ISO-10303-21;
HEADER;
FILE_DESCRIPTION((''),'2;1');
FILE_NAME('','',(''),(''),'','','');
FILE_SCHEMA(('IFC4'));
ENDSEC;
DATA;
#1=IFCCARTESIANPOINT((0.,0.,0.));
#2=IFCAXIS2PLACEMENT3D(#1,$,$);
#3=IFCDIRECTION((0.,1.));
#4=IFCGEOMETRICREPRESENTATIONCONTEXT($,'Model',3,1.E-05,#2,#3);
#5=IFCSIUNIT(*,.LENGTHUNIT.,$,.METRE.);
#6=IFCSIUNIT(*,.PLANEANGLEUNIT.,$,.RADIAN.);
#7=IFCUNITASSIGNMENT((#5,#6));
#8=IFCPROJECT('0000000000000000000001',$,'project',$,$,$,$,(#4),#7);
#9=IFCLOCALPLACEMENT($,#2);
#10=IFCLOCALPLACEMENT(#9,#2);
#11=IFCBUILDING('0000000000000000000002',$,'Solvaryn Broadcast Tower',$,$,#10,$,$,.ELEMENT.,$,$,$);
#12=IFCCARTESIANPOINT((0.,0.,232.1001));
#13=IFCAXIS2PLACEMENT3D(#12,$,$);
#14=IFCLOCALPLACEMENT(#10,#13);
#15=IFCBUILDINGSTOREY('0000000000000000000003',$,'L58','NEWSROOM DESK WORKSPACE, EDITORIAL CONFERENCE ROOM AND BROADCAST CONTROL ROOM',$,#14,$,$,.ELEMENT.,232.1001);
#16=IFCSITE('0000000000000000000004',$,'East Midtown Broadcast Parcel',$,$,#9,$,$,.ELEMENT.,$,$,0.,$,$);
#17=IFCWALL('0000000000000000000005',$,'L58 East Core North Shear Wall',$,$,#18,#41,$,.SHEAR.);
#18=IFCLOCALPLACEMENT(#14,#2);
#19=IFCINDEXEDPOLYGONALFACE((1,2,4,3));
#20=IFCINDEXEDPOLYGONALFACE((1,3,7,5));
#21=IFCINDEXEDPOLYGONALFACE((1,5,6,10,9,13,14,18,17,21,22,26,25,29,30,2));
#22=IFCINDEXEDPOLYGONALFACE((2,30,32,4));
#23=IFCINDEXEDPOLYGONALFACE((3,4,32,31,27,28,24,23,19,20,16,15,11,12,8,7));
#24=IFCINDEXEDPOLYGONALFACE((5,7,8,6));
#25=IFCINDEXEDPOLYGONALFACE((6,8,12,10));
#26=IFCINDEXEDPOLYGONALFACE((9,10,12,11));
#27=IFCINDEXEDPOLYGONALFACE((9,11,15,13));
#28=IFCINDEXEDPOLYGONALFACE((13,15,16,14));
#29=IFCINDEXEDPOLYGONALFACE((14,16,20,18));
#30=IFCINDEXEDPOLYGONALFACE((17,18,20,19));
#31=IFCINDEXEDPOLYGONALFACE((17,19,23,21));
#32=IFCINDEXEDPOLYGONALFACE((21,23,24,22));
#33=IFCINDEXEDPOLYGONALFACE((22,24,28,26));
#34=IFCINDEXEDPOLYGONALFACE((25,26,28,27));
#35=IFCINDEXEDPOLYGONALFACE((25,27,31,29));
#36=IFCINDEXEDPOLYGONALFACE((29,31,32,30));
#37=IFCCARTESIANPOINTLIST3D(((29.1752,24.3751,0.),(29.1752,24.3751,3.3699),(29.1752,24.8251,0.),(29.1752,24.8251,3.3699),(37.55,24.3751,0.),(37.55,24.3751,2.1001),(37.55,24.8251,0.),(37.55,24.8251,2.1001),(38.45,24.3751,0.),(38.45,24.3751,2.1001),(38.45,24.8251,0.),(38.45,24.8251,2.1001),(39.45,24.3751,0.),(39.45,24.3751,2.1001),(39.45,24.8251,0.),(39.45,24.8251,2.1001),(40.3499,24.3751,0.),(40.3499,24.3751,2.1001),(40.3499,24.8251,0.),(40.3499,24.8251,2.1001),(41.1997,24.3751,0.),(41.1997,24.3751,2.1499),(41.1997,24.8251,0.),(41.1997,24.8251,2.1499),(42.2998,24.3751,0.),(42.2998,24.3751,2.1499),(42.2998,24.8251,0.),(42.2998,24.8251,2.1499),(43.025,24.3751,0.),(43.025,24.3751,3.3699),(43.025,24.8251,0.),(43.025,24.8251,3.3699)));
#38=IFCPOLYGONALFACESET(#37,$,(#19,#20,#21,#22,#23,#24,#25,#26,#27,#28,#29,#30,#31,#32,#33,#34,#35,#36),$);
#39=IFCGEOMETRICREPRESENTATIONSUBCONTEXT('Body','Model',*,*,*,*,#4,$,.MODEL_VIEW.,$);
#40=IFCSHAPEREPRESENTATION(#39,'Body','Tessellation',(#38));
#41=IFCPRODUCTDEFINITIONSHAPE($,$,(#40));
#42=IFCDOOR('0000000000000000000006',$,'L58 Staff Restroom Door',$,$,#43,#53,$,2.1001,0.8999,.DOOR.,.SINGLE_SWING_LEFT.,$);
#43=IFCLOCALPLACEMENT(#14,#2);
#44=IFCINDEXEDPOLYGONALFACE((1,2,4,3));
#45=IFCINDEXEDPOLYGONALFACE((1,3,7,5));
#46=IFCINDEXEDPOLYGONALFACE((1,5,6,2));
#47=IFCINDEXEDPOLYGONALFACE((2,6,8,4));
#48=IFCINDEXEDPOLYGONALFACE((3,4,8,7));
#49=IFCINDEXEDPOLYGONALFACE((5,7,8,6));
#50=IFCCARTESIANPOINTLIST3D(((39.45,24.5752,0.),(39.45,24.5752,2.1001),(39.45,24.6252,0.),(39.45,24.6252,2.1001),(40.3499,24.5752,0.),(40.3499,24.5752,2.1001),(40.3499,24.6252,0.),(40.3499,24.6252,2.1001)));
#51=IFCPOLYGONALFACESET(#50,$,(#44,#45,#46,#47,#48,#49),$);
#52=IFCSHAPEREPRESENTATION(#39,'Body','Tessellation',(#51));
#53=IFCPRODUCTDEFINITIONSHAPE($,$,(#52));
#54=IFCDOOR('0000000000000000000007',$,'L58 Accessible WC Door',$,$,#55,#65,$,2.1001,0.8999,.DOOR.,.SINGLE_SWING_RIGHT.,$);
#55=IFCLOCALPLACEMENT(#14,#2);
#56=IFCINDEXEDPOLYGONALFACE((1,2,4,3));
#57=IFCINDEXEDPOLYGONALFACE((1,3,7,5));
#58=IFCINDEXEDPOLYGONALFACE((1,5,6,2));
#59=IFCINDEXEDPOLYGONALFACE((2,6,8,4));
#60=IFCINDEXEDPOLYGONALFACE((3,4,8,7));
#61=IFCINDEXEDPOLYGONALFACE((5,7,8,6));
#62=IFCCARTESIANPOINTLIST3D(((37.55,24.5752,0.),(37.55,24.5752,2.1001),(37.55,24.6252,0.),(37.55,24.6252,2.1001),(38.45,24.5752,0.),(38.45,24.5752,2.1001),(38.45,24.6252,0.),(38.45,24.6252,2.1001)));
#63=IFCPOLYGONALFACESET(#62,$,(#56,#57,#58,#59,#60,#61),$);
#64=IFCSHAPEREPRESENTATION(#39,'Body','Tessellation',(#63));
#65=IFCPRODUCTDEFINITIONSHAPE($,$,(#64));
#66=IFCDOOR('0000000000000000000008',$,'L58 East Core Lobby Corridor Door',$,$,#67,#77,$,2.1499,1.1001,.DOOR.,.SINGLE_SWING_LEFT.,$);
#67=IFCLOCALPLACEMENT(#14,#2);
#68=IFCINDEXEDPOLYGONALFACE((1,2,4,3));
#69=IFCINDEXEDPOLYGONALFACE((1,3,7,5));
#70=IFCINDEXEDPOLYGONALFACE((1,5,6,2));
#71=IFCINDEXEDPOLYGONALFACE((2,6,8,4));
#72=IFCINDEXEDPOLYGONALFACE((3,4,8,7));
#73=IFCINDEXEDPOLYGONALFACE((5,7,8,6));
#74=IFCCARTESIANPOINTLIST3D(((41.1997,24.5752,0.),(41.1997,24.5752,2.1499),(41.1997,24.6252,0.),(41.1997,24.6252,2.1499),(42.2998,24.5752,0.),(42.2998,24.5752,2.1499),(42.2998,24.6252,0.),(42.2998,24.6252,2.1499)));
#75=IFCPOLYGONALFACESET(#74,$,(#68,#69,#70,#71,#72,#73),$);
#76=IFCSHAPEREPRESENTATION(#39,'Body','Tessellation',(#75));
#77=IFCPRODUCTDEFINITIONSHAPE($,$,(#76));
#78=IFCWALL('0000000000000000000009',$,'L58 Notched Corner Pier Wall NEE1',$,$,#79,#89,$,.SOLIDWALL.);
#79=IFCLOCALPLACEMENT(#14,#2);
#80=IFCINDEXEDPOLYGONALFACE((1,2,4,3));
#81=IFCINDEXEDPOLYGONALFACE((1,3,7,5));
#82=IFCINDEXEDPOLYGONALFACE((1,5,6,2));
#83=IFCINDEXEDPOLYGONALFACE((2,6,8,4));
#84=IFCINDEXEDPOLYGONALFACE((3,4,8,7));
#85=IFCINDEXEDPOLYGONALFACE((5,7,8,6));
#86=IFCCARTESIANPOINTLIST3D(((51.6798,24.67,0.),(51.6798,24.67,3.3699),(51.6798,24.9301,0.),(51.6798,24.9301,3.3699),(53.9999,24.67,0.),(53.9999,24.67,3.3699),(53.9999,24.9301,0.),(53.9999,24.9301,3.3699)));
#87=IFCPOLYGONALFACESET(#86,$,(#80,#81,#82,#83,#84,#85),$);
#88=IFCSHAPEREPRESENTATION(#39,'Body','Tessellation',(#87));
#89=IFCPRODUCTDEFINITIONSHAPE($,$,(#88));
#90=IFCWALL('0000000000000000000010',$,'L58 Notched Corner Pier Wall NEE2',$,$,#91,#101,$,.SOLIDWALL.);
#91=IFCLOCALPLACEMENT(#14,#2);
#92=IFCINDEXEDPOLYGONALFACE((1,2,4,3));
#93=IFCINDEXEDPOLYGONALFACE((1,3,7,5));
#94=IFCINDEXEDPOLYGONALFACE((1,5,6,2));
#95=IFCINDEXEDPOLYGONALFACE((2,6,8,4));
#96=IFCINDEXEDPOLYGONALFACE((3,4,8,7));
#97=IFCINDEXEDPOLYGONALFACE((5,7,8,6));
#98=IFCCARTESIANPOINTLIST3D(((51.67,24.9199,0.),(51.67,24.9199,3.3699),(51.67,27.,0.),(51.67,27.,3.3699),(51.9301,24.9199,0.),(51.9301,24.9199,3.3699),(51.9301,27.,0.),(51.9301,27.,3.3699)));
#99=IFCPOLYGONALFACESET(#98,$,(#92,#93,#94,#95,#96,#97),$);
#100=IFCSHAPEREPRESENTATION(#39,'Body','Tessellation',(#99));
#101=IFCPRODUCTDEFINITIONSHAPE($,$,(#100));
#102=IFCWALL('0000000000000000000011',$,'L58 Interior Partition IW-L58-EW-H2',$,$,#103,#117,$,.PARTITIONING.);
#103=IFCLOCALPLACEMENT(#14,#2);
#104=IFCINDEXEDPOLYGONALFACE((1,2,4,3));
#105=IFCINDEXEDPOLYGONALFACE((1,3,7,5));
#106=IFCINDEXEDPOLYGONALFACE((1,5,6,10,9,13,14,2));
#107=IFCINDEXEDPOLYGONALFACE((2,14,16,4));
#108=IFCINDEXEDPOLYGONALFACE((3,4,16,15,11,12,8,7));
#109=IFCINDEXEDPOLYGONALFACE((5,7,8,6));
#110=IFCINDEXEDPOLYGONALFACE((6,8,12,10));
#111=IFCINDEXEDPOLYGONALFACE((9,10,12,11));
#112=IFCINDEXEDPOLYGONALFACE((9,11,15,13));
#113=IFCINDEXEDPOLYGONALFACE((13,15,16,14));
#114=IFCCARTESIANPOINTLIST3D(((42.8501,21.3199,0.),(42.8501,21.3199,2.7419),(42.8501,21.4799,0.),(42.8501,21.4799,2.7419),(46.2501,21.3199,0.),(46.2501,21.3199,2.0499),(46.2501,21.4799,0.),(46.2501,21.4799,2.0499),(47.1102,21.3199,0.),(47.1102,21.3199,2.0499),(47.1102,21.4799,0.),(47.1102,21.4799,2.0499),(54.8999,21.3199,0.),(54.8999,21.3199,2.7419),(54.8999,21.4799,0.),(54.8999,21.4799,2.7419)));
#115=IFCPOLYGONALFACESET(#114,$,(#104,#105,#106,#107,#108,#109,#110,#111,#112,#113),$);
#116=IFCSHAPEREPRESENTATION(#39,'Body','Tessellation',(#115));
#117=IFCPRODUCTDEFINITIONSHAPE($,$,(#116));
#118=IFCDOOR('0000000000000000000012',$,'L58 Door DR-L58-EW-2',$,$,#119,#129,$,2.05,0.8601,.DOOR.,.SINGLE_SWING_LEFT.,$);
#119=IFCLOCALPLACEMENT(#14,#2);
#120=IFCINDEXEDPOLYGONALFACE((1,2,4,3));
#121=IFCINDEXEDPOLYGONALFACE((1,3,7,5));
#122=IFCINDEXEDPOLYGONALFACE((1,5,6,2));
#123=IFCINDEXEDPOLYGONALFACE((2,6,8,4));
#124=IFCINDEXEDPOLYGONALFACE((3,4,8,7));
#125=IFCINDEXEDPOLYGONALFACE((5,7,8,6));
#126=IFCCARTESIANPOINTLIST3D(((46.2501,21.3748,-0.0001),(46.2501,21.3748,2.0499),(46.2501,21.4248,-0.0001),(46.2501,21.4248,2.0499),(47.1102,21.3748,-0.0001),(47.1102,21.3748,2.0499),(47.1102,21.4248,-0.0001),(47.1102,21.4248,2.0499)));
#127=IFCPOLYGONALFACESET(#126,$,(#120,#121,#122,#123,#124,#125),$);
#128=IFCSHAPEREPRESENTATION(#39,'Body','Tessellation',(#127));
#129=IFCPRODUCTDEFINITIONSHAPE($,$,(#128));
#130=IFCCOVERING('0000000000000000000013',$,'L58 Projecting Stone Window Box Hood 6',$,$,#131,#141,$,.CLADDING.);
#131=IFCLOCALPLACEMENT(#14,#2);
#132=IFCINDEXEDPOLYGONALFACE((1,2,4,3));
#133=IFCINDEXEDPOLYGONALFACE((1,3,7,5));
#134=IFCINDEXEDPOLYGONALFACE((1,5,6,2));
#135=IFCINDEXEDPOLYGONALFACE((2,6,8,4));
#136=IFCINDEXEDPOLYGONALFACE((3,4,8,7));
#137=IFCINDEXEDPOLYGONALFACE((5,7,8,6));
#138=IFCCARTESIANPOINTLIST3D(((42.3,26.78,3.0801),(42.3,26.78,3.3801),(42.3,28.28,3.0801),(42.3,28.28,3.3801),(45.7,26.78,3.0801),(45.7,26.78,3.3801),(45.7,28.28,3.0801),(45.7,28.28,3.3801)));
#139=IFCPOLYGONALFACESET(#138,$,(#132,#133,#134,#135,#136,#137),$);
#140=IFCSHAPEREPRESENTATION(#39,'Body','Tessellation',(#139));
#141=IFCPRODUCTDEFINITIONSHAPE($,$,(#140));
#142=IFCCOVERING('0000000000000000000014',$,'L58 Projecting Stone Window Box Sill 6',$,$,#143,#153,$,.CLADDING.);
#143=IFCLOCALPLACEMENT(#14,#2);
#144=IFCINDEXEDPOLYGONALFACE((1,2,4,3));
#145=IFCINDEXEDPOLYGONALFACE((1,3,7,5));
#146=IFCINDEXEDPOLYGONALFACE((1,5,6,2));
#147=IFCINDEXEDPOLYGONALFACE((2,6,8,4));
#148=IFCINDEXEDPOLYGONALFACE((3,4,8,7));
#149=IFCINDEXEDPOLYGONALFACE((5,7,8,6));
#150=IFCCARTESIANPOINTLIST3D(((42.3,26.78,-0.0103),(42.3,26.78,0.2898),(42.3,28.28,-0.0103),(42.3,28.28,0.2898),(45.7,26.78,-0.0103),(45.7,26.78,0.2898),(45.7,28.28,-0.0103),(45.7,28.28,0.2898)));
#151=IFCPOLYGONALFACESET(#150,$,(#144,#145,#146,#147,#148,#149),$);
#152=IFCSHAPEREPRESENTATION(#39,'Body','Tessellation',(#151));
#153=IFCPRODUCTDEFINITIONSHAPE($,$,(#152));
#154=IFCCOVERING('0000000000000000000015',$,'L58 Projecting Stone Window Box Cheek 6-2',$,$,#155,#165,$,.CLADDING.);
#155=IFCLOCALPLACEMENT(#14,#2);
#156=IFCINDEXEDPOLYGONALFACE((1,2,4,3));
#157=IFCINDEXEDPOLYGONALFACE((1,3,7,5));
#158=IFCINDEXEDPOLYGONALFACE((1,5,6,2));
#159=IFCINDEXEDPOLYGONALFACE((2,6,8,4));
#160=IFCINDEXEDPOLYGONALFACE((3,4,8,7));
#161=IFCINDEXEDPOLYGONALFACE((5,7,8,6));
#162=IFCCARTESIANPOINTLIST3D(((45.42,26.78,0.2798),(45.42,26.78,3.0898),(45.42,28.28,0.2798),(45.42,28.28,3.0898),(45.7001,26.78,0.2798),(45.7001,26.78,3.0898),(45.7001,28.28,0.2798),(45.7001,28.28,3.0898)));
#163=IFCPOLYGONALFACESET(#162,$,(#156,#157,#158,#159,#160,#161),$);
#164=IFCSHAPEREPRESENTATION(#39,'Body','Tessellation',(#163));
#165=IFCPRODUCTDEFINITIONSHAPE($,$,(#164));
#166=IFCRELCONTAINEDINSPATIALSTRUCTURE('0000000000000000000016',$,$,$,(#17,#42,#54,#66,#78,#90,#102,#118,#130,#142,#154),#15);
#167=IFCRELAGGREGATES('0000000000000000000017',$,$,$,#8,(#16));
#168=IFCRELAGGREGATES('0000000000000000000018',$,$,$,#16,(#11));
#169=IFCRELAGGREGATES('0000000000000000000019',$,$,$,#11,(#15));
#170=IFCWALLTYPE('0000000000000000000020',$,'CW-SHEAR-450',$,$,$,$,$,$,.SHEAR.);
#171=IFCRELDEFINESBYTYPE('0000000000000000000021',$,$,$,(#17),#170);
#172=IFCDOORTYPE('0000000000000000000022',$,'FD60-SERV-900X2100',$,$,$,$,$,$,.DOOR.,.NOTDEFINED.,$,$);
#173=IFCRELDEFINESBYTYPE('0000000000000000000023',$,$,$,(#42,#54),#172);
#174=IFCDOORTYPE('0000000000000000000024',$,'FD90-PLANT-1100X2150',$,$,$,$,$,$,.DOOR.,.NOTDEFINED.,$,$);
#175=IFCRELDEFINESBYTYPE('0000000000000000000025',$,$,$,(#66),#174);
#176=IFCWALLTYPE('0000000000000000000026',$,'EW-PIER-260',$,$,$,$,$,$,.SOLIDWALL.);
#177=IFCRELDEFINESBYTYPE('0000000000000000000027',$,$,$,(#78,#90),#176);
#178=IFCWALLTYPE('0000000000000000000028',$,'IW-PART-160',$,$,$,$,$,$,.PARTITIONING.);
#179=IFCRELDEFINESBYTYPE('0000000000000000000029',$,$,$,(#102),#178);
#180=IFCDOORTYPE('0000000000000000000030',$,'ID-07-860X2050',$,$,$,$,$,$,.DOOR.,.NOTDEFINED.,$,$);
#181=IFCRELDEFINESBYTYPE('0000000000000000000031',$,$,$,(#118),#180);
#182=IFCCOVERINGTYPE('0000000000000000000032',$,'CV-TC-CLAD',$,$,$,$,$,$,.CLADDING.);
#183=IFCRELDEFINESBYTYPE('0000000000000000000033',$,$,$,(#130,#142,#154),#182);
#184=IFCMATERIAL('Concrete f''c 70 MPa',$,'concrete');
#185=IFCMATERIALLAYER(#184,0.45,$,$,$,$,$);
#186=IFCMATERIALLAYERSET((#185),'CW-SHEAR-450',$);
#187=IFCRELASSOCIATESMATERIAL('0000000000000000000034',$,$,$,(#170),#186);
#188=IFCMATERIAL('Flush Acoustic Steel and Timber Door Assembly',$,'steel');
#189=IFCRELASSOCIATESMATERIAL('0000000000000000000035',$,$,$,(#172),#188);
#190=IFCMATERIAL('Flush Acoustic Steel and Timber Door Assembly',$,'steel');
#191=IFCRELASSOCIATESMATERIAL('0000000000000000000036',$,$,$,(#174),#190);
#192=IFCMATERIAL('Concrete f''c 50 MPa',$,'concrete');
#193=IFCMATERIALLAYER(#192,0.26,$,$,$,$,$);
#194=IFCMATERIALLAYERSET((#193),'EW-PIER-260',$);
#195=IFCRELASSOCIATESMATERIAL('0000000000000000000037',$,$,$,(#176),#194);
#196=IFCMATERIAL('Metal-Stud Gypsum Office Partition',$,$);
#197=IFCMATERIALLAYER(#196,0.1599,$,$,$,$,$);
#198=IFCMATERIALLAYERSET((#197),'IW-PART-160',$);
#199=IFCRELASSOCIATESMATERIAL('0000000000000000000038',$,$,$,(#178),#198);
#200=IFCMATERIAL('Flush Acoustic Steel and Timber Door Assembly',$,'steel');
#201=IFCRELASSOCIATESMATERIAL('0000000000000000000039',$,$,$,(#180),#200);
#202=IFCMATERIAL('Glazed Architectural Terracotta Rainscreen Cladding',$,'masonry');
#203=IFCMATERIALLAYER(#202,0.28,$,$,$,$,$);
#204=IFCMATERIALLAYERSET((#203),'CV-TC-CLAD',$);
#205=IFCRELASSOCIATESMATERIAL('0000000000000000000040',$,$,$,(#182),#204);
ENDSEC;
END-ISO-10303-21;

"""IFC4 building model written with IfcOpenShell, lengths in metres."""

from ifc_helpers import new_model, si_unit, direction, frame, frame_2d, origin, origin_2d, place, context, subcontext, project, spatial, rectangle, extrude, material, layer, layer_set, type_object, element, fill, save


model = new_model("IFC4")

# Units and contexts
model_context = context("Model", 3, precision=1e-05, world=origin(), true_north=direction((0.0, 1.0)))
body_context = subcontext(model_context, "Body", "Model", "MODEL_VIEW")
ifc_project = project(units=[si_unit("LENGTHUNIT", "METRE"), si_unit("PLANEANGLEUNIT", "RADIAN")], contexts=[model_context])

# Site, building, storey
site_placement = place(None, origin())
site = spatial("IfcSite", under=ifc_project, at=site_placement, Name="East Midtown Broadcast Parcel", CompositionType="ELEMENT", RefElevation=0.0)
building_placement = place(site_placement, origin())
building = spatial("IfcBuilding", under=site, at=building_placement, Name="Solvaryn Broadcast Tower", CompositionType="ELEMENT")
storey_placement = place(building_placement, frame((0.0, 0.0, 232.1001)))
storey = spatial("IfcBuildingStorey", under=building, at=storey_placement, Name="L58", Description="NEWSROOM DESK WORKSPACE, EDITORIAL CONFERENCE ROOM AND BROADCAST CONTROL ROOM", CompositionType="ELEMENT", Elevation=232.1001)

# Wall, openings, doors
ifc_material_1 = material(Name="Concrete f'c 70 MPa", Category="concrete")
ifc_layer_1 = layer(ifc_material_1, 0.45)
ifc_layer_set_1 = layer_set([ifc_layer_1], Name="CW-SHEAR-450")
wall_type_1 = type_object("IfcWallType", Name="CW-SHEAR-450", PredefinedType="SHEAR", material=ifc_layer_set_1)
wall_1_placement = place(storey_placement, frame((43.0249, 24.6001, 0.0), z_axis=(0.0, 0.0, 1.0), x_axis=(-1.0, 0.0, 0.0)))
wall_1 = element("IfcWall", 1, at=wall_1_placement, inside=storey, type_object=wall_type_1, Name="L58 East Core North Shear Wall", PredefinedType="SHEAR", context=body_context, shape_type="SweptSolid", body=[
    extrude(rectangle(XDim=13.8499, YDim=0.45, at=frame_2d((6.9248, 0.0))), origin(), (0.0, 0.0, 1.0), 3.3699),
])
opening_1_placement = place(wall_1_placement, frame((0.7251, 0.0, 0.0)))
opening_1 = element("IfcOpeningElement", 2, at=opening_1_placement, cuts=wall_1, PredefinedType="OPENING", context=body_context, shape_type="SweptSolid", body=[
    extrude(rectangle(XDim=1.1001, YDim=2.1499, at=frame_2d((0.55, 1.075))), frame((0.0, 0.2351, 0.0), z_axis=(0.0, -1.0, 0.0), x_axis=(1.0, 0.0, 0.0)), (0.0, 0.0, 1.0), 0.47),
])
opening_2_placement = place(wall_1_placement, frame((2.675, 0.0, 0.0)))
opening_2 = element("IfcOpeningElement", 3, at=opening_2_placement, cuts=wall_1, PredefinedType="OPENING", context=body_context, shape_type="SweptSolid", body=[
    extrude(rectangle(XDim=0.8999, YDim=2.1001, at=frame_2d((0.45, 1.05))), frame((0.0, 0.2351, 0.0), z_axis=(0.0, -1.0, 0.0), x_axis=(1.0, 0.0, 0.0)), (0.0, 0.0, 1.0), 0.47),
])
opening_3_placement = place(wall_1_placement, frame((4.575, 0.0, 0.0)))
opening_3 = element("IfcOpeningElement", 4, at=opening_3_placement, cuts=wall_1, PredefinedType="OPENING", context=body_context, shape_type="SweptSolid", body=[
    extrude(rectangle(XDim=0.8999, YDim=2.1001, at=frame_2d((0.45, 1.05))), frame((0.0, 0.2351, 0.0), z_axis=(0.0, -1.0, 0.0), x_axis=(1.0, 0.0, 0.0)), (0.0, 0.0, 1.0), 0.47),
])
ifc_material_2 = material(Name="Flush Acoustic Steel and Timber Door Assembly", Category="steel")
door_type_1 = type_object("IfcDoorType", Name="FD60-SERV-900X2100", OperationType="NOTDEFINED", PredefinedType="DOOR", material=ifc_material_2)
door_1_placement = place(opening_2_placement, origin())
door_1 = element("IfcDoor", 5, at=door_1_placement, inside=storey, type_object=door_type_1, Name="L58 Staff Restroom Door", OperationType="SINGLE_SWING_LEFT", OverallHeight=2.1001, OverallWidth=0.8999, PredefinedType="DOOR", context=body_context, shape_type="SweptSolid", body=[
    extrude(rectangle(XDim=0.8999, YDim=2.1001, at=frame_2d((0.45, 1.05))), frame((0.0, 0.0249, 0.0), z_axis=(0.0, -1.0, 0.0), x_axis=(1.0, 0.0, 0.0)), (0.0, 0.0, 1.0), 0.05),
])
fill(opening_2, door_1)
door_2_placement = place(opening_3_placement, origin())
door_2 = element("IfcDoor", 6, at=door_2_placement, inside=storey, type_object=door_type_1, Name="L58 Accessible WC Door", OperationType="SINGLE_SWING_RIGHT", OverallHeight=2.1001, OverallWidth=0.8999, PredefinedType="DOOR", context=body_context, shape_type="SweptSolid", body=[
    extrude(rectangle(XDim=0.8999, YDim=2.1001, at=frame_2d((0.45, 1.05))), frame((0.0, 0.0249, 0.0), z_axis=(0.0, -1.0, 0.0), x_axis=(1.0, 0.0, 0.0)), (0.0, 0.0, 1.0), 0.05),
])
fill(opening_3, door_2)
ifc_material_3 = material(Name="Flush Acoustic Steel and Timber Door Assembly", Category="steel")
door_type_2 = type_object("IfcDoorType", Name="FD90-PLANT-1100X2150", OperationType="NOTDEFINED", PredefinedType="DOOR", material=ifc_material_3)
door_3_placement = place(opening_1_placement, origin())
door_3 = element("IfcDoor", 7, at=door_3_placement, inside=storey, type_object=door_type_2, Name="L58 East Core Lobby Corridor Door", OperationType="SINGLE_SWING_LEFT", OverallHeight=2.1499, OverallWidth=1.1001, PredefinedType="DOOR", context=body_context, shape_type="SweptSolid", body=[
    extrude(rectangle(XDim=1.1001, YDim=2.1499, at=frame_2d((0.55, 1.075))), frame((0.0, 0.0249, 0.0), z_axis=(0.0, -1.0, 0.0), x_axis=(1.0, 0.0, 0.0)), (0.0, 0.0, 1.0), 0.05),
])
fill(opening_1, door_3)

# Walls
ifc_material_4 = material(Name="Concrete f'c 50 MPa", Category="concrete")
ifc_layer_2 = layer(ifc_material_4, 0.26)
ifc_layer_set_2 = layer_set([ifc_layer_2], Name="EW-PIER-260")
wall_type_2 = type_object("IfcWallType", Name="EW-PIER-260", PredefinedType="SOLIDWALL", material=ifc_layer_set_2)
wall_2_placement = place(storey_placement, frame((54.0, 24.8, 0.0), z_axis=(0.0, 0.0, 1.0), x_axis=(-1.0, 0.0, 0.0)))
element("IfcWall", 8, at=wall_2_placement, inside=storey, type_object=wall_type_2, Name="L58 Notched Corner Pier Wall NEE1", PredefinedType="SOLIDWALL", context=body_context, shape_type="SweptSolid", body=[
    extrude(rectangle(XDim=2.3201, YDim=0.26, at=frame_2d((1.1602, 0.0))), origin(), (0.0, 0.0, 1.0), 3.3699),
])
wall_3_placement = place(storey_placement, frame((51.8, 24.9199, 0.0), z_axis=(0.0, 0.0, 1.0), x_axis=(0.0, 1.0, 0.0)))
element("IfcWall", 9, at=wall_3_placement, inside=storey, type_object=wall_type_2, Name="L58 Notched Corner Pier Wall NEE2", PredefinedType="SOLIDWALL", context=body_context, shape_type="SweptSolid", body=[
    extrude(rectangle(XDim=2.0801, YDim=0.26, at=frame_2d((1.04, 0.0))), origin(), (0.0, 0.0, 1.0), 3.3699),
])

# Wall, opening, door
ifc_material_5 = material(Name="Metal-Stud Gypsum Office Partition")
ifc_layer_3 = layer(ifc_material_5, 0.1599)
ifc_layer_set_3 = layer_set([ifc_layer_3], Name="IW-PART-160")
wall_type_3 = type_object("IfcWallType", Name="IW-PART-160", PredefinedType="PARTITIONING", material=ifc_layer_set_3)
wall_4_placement = place(storey_placement, frame((42.8501, 21.3999, 0.0), z_axis=(0.0, 0.0, 1.0), x_axis=(1.0, 0.0, 0.0)))
wall_4 = element("IfcWall", 10, at=wall_4_placement, inside=storey, type_object=wall_type_3, Name="L58 Interior Partition IW-L58-EW-H2", PredefinedType="PARTITIONING", context=body_context, shape_type="SweptSolid", body=[
    extrude(rectangle(XDim=12.0498, YDim=0.1599, at=frame_2d((6.0249, 0.0))), origin(), (0.0, 0.0, 1.0), 2.7419),
])
opening_4_placement = place(wall_4_placement, frame((3.3999, 0.0, 0.0)))
opening_4 = element("IfcOpeningElement", 11, at=opening_4_placement, cuts=wall_4, PredefinedType="OPENING", context=body_context, shape_type="SweptSolid", body=[
    extrude(rectangle(XDim=0.8601, YDim=2.05, at=frame_2d((0.4302, 1.0249))), frame((0.0, 0.0901, 0.0), z_axis=(0.0, -1.0, 0.0), x_axis=(1.0, 0.0, 0.0)), (0.0, 0.0, 1.0), 0.1799),
])
ifc_material_6 = material(Name="Flush Acoustic Steel and Timber Door Assembly", Category="steel")
door_type_3 = type_object("IfcDoorType", Name="ID-07-860X2050", OperationType="NOTDEFINED", PredefinedType="DOOR", material=ifc_material_6)
door_4_placement = place(opening_4_placement, origin())
door_4 = element("IfcDoor", 12, at=door_4_placement, inside=storey, type_object=door_type_3, Name="L58 Door DR-L58-EW-2", OperationType="SINGLE_SWING_LEFT", OverallHeight=2.05, OverallWidth=0.8601, PredefinedType="DOOR", context=body_context, shape_type="SweptSolid", body=[
    extrude(rectangle(XDim=0.8601, YDim=2.05, at=frame_2d((0.4302, 1.0249))), frame((0.0, 0.0249, 0.0), z_axis=(0.0, -1.0, 0.0), x_axis=(1.0, 0.0, 0.0)), (0.0, 0.0, 1.0), 0.05),
])
fill(opening_4, door_4)

# Coverings
ifc_material_7 = material(Name="Glazed Architectural Terracotta Rainscreen Cladding", Category="masonry")
ifc_layer_4 = layer(ifc_material_7, 0.28)
ifc_layer_set_4 = layer_set([ifc_layer_4], Name="CV-TC-CLAD")
covering_type_1 = type_object("IfcCoveringType", Name="CV-TC-CLAD", PredefinedType="CLADDING", material=ifc_layer_set_4)
for number, where, z_axis, x_axis, name in (
    (13, (44.0, 27.53, 3.0801), (0.0, 0.0, 1.0), (1.0, 0.0, 0.0), "L58 Projecting Stone Window Box Hood 6"),
    (14, (44.0, 27.53, -0.0103), (0.0, 0.0, 1.0), (1.0, 0.0, 0.0), "L58 Projecting Stone Window Box Sill 6"),
):
    element("IfcCovering", number, at=place(storey_placement, frame(where, z_axis=z_axis, x_axis=x_axis)), inside=storey, type_object=covering_type_1, Name=name, PredefinedType="CLADDING", context=body_context, shape_type="SweptSolid", body=[
        extrude(rectangle(XDim=3.3999, YDim=1.5, at=origin_2d()), origin(), (0.0, 0.0, 1.0), 0.3),
    ])
covering_1_placement = place(storey_placement, frame((45.5601, 27.53, 0.2798), z_axis=(0.0, 0.0, 1.0), x_axis=(1.0, 0.0, 0.0)))
element("IfcCovering", 15, at=covering_1_placement, inside=storey, type_object=covering_type_1, Name="L58 Projecting Stone Window Box Cheek 6-2", PredefinedType="CLADDING", context=body_context, shape_type="SweptSolid", body=[
    extrude(rectangle(XDim=0.28, YDim=1.5, at=origin_2d()), origin(), (0.0, 0.0, 1.0), 2.8101),
])

save(model, "model.ifc")
